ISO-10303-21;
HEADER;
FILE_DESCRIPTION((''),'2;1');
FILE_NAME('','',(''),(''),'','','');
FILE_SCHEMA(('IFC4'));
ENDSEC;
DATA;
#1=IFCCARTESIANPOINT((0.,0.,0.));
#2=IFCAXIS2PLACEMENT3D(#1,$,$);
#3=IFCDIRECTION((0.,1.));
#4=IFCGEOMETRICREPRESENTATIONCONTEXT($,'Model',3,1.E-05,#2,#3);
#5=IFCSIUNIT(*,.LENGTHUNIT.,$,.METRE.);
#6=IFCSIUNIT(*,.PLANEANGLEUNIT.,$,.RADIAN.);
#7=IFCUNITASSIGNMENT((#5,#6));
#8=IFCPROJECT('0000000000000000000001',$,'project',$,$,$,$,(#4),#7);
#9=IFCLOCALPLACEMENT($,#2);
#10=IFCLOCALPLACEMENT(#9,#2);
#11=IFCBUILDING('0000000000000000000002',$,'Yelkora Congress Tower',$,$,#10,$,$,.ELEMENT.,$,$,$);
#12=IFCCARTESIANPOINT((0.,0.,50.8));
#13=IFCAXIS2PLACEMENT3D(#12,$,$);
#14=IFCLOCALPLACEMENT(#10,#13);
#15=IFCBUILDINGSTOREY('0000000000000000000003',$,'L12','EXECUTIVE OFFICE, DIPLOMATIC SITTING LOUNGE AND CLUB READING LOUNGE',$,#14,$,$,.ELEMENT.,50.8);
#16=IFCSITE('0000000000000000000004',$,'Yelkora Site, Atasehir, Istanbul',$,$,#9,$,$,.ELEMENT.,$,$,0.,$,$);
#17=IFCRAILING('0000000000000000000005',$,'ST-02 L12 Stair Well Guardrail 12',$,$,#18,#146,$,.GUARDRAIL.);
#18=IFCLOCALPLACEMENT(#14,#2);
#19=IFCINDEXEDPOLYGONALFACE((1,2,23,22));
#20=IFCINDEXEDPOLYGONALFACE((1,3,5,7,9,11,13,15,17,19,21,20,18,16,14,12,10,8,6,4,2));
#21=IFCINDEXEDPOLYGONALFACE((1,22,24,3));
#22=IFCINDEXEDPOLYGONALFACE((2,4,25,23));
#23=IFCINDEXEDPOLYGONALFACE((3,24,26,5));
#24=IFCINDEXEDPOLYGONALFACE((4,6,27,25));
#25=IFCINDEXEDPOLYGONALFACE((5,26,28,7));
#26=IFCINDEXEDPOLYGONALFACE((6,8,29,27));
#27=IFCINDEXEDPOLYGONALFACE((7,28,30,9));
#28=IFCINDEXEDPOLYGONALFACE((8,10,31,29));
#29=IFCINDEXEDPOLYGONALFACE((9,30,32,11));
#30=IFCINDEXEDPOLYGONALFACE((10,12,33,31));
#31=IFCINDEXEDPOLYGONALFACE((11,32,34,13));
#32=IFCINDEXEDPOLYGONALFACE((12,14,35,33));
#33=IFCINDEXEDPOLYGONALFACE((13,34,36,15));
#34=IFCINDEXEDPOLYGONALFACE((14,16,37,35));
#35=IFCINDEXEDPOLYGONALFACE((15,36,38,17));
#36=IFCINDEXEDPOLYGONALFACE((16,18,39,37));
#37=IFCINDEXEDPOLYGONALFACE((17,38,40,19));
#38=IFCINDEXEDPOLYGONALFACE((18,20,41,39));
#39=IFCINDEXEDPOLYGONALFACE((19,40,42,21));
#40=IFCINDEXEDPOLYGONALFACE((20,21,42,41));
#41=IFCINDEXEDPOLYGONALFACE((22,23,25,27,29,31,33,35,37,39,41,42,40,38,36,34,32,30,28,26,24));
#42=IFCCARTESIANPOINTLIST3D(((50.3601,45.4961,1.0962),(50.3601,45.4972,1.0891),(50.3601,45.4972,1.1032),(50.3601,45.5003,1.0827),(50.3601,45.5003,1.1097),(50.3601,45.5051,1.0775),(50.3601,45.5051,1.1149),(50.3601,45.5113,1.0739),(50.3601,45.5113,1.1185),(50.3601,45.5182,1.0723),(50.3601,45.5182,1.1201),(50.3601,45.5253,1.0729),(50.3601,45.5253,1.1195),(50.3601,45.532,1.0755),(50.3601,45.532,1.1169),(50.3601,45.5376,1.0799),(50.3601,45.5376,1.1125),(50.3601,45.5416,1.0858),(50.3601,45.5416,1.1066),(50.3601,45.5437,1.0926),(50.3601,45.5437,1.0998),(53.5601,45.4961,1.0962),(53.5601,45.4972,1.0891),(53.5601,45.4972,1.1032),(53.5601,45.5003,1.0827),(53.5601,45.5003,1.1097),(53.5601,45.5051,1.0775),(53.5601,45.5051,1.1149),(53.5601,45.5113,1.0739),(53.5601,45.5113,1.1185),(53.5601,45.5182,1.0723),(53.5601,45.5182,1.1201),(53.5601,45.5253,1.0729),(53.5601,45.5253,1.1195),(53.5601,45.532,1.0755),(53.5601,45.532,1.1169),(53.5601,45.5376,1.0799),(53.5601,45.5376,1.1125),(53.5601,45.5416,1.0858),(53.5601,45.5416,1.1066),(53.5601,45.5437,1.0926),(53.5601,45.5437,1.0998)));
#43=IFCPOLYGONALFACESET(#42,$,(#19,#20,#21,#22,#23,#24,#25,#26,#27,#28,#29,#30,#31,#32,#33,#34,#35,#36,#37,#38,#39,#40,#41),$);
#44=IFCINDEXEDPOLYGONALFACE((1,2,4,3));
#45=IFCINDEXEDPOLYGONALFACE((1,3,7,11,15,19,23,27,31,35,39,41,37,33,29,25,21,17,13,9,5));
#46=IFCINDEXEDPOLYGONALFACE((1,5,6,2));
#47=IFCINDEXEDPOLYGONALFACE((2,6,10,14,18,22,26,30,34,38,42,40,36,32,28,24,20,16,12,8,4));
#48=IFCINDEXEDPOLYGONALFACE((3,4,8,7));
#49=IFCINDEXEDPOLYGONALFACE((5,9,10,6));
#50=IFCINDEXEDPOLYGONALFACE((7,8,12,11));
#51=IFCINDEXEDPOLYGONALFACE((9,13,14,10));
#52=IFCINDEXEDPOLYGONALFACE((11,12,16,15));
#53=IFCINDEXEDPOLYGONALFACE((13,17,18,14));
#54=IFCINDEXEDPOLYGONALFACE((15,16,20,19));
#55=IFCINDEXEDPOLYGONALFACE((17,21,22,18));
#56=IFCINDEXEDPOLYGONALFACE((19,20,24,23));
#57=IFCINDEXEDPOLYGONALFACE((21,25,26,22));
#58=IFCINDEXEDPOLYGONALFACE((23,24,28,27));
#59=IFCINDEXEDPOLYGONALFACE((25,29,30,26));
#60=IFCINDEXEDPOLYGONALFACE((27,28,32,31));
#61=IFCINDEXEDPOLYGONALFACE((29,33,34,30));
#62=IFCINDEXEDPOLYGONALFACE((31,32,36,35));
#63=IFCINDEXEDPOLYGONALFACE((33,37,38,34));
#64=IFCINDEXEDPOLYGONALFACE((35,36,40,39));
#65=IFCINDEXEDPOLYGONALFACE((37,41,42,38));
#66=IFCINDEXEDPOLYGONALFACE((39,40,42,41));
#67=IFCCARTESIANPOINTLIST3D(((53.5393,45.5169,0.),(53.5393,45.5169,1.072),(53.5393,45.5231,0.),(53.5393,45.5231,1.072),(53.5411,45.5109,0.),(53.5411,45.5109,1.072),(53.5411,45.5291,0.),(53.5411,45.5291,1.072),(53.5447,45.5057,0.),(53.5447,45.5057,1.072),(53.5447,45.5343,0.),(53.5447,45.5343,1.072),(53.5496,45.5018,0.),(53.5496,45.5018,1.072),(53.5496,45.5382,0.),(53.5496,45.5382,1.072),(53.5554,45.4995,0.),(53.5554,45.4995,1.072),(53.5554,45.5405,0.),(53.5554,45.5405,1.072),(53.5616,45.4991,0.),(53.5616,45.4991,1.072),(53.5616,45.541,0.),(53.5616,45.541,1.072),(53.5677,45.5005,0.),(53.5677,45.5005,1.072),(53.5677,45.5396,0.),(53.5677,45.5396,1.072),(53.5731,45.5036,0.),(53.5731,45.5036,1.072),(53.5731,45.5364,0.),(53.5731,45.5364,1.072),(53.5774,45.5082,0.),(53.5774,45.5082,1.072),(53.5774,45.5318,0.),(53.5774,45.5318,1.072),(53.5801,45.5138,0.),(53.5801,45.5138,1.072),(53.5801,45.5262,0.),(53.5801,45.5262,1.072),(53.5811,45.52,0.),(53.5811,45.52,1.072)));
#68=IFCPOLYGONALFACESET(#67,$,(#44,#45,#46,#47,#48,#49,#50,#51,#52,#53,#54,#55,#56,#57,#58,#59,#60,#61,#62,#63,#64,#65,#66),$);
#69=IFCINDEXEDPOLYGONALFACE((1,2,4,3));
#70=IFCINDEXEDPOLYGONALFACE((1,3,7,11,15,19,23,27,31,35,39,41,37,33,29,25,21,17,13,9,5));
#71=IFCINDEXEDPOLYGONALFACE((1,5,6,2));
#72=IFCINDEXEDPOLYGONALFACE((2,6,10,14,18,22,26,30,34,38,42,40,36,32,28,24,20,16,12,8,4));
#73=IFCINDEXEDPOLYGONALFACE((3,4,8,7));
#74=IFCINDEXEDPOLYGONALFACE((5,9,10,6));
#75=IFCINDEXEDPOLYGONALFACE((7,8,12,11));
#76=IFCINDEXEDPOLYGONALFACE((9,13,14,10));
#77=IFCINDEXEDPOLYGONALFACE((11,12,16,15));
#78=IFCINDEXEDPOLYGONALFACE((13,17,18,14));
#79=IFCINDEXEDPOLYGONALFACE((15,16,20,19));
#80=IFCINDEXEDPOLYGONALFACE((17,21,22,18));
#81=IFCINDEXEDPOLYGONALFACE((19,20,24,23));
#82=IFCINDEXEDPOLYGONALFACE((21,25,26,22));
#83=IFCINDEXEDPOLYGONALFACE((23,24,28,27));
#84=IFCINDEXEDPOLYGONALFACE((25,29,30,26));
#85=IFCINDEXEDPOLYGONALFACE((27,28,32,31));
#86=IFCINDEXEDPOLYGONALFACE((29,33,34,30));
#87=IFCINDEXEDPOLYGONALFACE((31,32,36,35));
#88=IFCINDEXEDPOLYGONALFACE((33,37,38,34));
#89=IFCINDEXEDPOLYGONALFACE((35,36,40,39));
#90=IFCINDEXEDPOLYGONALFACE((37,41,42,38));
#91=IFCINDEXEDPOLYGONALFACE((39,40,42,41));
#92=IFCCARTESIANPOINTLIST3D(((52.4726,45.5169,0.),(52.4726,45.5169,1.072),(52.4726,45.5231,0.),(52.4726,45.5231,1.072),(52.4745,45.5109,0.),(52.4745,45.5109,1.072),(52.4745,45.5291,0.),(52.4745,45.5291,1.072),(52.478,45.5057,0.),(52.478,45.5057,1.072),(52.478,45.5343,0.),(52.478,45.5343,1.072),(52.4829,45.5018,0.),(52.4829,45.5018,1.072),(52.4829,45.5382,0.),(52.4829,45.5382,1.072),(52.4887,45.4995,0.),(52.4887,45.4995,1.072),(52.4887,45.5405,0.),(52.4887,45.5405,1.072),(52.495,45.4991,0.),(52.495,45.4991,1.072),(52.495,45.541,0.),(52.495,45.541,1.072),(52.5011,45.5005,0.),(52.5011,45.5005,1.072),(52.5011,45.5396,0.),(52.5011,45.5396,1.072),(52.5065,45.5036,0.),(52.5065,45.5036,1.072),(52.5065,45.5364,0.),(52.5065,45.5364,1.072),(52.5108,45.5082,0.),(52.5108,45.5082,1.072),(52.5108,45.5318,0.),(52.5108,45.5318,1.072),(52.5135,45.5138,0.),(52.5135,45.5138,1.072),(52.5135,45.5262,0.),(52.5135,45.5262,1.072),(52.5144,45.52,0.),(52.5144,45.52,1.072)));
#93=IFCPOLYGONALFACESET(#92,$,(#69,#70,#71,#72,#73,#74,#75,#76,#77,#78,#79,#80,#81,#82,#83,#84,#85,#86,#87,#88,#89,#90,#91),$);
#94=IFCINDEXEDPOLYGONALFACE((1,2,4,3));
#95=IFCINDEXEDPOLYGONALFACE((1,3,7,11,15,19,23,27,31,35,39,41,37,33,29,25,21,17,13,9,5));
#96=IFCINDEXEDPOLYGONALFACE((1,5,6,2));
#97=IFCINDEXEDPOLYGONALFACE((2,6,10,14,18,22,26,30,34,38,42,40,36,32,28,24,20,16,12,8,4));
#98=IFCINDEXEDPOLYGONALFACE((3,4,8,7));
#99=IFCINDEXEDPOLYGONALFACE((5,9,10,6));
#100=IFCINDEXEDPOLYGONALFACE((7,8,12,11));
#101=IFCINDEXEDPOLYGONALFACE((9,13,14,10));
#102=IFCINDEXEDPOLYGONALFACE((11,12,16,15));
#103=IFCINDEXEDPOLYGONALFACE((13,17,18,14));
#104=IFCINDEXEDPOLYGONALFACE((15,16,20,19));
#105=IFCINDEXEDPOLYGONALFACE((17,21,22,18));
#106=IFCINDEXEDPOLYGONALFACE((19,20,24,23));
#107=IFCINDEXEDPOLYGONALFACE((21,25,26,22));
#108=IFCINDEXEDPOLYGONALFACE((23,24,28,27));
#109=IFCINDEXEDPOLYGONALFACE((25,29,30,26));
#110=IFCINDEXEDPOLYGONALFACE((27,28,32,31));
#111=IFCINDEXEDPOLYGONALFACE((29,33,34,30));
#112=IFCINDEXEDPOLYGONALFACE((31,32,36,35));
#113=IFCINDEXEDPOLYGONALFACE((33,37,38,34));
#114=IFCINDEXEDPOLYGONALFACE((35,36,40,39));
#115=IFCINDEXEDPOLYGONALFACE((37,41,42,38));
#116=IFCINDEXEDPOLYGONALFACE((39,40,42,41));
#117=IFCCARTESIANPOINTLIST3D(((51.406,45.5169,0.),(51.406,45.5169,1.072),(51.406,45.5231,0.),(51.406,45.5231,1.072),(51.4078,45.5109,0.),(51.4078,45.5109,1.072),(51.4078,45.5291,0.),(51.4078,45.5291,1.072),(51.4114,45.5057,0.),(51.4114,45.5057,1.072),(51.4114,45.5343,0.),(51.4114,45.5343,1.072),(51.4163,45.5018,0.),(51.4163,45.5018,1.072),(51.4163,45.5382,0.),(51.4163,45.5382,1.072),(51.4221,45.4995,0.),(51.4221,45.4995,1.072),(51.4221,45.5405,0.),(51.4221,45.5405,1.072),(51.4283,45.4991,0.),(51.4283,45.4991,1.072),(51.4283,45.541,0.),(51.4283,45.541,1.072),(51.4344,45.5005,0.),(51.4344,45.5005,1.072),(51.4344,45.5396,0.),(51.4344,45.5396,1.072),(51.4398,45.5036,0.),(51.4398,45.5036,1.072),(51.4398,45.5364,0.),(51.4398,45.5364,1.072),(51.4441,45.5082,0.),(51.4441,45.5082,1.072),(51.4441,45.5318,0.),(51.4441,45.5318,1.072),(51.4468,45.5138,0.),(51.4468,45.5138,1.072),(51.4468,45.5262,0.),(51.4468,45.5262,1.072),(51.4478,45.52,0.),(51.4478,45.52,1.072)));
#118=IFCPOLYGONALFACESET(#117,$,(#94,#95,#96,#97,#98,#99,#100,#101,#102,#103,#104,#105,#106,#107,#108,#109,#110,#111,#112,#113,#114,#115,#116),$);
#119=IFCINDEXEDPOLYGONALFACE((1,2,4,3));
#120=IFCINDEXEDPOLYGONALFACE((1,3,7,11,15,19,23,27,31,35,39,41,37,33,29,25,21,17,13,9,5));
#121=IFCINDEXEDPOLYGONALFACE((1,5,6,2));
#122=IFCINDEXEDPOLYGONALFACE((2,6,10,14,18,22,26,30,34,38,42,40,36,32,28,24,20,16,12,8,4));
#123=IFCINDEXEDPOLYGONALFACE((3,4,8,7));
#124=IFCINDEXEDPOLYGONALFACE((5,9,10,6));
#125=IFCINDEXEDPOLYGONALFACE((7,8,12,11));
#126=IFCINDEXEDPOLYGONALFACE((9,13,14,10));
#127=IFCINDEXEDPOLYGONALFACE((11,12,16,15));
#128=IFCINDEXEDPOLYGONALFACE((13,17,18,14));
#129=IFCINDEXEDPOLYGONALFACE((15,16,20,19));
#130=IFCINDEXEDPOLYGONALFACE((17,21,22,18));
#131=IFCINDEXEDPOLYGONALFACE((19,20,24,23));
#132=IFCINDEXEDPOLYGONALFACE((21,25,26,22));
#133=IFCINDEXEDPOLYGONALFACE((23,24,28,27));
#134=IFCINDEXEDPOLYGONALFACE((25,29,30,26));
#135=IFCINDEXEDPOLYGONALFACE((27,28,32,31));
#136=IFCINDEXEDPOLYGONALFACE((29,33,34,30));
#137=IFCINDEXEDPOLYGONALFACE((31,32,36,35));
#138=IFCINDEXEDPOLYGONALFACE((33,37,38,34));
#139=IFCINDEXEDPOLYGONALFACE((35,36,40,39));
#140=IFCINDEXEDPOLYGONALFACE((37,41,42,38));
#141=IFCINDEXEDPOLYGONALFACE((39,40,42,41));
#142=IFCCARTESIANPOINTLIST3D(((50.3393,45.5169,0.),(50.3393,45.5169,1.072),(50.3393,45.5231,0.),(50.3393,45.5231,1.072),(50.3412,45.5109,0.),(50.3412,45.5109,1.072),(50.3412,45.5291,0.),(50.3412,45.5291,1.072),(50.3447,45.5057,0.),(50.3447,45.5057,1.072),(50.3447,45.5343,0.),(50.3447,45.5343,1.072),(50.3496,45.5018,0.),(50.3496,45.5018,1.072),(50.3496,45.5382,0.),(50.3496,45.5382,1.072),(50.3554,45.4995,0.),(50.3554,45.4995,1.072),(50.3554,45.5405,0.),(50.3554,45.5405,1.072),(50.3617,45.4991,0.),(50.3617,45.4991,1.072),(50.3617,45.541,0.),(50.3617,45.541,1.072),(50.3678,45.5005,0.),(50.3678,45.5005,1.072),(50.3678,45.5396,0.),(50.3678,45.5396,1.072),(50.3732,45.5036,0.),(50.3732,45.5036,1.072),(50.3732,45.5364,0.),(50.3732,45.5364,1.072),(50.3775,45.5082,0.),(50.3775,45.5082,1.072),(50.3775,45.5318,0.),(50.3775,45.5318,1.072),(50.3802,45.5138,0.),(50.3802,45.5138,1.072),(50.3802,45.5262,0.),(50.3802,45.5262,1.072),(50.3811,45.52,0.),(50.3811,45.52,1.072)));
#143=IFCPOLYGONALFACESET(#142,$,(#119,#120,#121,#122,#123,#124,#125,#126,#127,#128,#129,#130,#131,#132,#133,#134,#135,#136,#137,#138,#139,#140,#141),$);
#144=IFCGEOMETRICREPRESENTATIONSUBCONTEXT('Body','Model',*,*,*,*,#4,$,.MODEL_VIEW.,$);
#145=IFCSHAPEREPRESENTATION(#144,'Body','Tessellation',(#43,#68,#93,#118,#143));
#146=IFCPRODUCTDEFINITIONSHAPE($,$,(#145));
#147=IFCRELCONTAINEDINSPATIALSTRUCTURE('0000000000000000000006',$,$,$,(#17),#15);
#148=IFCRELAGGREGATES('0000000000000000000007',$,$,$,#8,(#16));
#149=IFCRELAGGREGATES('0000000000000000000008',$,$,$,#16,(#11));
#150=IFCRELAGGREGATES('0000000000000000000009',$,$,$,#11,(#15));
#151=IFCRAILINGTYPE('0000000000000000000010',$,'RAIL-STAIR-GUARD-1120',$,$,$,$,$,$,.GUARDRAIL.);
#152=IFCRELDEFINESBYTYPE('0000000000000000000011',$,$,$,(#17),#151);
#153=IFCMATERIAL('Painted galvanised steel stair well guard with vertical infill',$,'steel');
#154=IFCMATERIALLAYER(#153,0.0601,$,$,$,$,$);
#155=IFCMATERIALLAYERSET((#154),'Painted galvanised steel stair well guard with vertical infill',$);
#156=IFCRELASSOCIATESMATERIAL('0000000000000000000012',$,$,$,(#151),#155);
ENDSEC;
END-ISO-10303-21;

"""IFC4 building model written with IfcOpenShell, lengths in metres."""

from ifc_helpers import new_model, si_unit, direction, frame, origin, origin_2d, place, context, subcontext, project, spatial, circle, extrude, material, layer, layer_set, type_object, element, save


model = new_model("IFC4")

# Units and contexts
model_context = context("Model", 3, precision=1e-05, world=origin(), true_north=direction((0.0, 1.0)))
body_context = subcontext(model_context, "Body", "Model", "MODEL_VIEW")
ifc_project = project(units=[si_unit("LENGTHUNIT", "METRE"), si_unit("PLANEANGLEUNIT", "RADIAN")], contexts=[model_context])

# Site, building, storey
site_placement = place(None, origin())
site = spatial("IfcSite", under=ifc_project, at=site_placement, Name="Yelkora Site, Atasehir, Istanbul", CompositionType="ELEMENT", RefElevation=0.0)
building_placement = place(site_placement, origin())
building = spatial("IfcBuilding", under=site, at=building_placement, Name="Yelkora Congress Tower", CompositionType="ELEMENT")
storey_placement = place(building_placement, frame((0.0, 0.0, 50.8)))
storey = spatial("IfcBuildingStorey", under=building, at=storey_placement, Name="L12", Description="EXECUTIVE OFFICE, DIPLOMATIC SITTING LOUNGE AND CLUB READING LOUNGE", CompositionType="ELEMENT", Elevation=50.8)

# Railing
ifc_material_1 = material(Name="Painted galvanised steel stair well guard with vertical infill", Category="steel")
ifc_layer_1 = layer(ifc_material_1, 0.0601)
ifc_layer_set_1 = layer_set([ifc_layer_1], Name="Painted galvanised steel stair well guard with vertical infill")
railing_type_1 = type_object("IfcRailingType", Name="RAIL-STAIR-GUARD-1120", PredefinedType="GUARDRAIL", material=ifc_layer_set_1)
railing_1_placement = place(storey_placement, frame((53.5601, 45.52, 0.0)))
element("IfcRailing", 1, at=railing_1_placement, inside=storey, type_object=railing_type_1, Name="ST-02 L12 Stair Well Guardrail 12", PredefinedType="GUARDRAIL", context=body_context, shape_type="SweptSolid", body=[
    extrude(circle(Radius=0.0239, at=origin_2d()), frame((0.0, 0.0, 1.0962), z_axis=(-1.0, 0.0, 0.0), x_axis=(0.0, -1.0, 0.0)), (0.0, 0.0, 1.0), 3.2),
    extrude(circle(Radius=0.021, at=origin_2d()), origin(), (0.0, 0.0, 1.0), 1.072),
    extrude(circle(Radius=0.021, at=origin_2d()), frame((-1.0667, 0.0, 0.0)), (0.0, 0.0, 1.0), 1.072),
    extrude(circle(Radius=0.021, at=origin_2d()), frame((-2.1333, 0.0, 0.0)), (0.0, 0.0, 1.0), 1.072),
    extrude(circle(Radius=0.021, at=origin_2d()), frame((-3.2, 0.0, 0.0)), (0.0, 0.0, 1.0), 1.072),
])

save(model, "model.ifc")
